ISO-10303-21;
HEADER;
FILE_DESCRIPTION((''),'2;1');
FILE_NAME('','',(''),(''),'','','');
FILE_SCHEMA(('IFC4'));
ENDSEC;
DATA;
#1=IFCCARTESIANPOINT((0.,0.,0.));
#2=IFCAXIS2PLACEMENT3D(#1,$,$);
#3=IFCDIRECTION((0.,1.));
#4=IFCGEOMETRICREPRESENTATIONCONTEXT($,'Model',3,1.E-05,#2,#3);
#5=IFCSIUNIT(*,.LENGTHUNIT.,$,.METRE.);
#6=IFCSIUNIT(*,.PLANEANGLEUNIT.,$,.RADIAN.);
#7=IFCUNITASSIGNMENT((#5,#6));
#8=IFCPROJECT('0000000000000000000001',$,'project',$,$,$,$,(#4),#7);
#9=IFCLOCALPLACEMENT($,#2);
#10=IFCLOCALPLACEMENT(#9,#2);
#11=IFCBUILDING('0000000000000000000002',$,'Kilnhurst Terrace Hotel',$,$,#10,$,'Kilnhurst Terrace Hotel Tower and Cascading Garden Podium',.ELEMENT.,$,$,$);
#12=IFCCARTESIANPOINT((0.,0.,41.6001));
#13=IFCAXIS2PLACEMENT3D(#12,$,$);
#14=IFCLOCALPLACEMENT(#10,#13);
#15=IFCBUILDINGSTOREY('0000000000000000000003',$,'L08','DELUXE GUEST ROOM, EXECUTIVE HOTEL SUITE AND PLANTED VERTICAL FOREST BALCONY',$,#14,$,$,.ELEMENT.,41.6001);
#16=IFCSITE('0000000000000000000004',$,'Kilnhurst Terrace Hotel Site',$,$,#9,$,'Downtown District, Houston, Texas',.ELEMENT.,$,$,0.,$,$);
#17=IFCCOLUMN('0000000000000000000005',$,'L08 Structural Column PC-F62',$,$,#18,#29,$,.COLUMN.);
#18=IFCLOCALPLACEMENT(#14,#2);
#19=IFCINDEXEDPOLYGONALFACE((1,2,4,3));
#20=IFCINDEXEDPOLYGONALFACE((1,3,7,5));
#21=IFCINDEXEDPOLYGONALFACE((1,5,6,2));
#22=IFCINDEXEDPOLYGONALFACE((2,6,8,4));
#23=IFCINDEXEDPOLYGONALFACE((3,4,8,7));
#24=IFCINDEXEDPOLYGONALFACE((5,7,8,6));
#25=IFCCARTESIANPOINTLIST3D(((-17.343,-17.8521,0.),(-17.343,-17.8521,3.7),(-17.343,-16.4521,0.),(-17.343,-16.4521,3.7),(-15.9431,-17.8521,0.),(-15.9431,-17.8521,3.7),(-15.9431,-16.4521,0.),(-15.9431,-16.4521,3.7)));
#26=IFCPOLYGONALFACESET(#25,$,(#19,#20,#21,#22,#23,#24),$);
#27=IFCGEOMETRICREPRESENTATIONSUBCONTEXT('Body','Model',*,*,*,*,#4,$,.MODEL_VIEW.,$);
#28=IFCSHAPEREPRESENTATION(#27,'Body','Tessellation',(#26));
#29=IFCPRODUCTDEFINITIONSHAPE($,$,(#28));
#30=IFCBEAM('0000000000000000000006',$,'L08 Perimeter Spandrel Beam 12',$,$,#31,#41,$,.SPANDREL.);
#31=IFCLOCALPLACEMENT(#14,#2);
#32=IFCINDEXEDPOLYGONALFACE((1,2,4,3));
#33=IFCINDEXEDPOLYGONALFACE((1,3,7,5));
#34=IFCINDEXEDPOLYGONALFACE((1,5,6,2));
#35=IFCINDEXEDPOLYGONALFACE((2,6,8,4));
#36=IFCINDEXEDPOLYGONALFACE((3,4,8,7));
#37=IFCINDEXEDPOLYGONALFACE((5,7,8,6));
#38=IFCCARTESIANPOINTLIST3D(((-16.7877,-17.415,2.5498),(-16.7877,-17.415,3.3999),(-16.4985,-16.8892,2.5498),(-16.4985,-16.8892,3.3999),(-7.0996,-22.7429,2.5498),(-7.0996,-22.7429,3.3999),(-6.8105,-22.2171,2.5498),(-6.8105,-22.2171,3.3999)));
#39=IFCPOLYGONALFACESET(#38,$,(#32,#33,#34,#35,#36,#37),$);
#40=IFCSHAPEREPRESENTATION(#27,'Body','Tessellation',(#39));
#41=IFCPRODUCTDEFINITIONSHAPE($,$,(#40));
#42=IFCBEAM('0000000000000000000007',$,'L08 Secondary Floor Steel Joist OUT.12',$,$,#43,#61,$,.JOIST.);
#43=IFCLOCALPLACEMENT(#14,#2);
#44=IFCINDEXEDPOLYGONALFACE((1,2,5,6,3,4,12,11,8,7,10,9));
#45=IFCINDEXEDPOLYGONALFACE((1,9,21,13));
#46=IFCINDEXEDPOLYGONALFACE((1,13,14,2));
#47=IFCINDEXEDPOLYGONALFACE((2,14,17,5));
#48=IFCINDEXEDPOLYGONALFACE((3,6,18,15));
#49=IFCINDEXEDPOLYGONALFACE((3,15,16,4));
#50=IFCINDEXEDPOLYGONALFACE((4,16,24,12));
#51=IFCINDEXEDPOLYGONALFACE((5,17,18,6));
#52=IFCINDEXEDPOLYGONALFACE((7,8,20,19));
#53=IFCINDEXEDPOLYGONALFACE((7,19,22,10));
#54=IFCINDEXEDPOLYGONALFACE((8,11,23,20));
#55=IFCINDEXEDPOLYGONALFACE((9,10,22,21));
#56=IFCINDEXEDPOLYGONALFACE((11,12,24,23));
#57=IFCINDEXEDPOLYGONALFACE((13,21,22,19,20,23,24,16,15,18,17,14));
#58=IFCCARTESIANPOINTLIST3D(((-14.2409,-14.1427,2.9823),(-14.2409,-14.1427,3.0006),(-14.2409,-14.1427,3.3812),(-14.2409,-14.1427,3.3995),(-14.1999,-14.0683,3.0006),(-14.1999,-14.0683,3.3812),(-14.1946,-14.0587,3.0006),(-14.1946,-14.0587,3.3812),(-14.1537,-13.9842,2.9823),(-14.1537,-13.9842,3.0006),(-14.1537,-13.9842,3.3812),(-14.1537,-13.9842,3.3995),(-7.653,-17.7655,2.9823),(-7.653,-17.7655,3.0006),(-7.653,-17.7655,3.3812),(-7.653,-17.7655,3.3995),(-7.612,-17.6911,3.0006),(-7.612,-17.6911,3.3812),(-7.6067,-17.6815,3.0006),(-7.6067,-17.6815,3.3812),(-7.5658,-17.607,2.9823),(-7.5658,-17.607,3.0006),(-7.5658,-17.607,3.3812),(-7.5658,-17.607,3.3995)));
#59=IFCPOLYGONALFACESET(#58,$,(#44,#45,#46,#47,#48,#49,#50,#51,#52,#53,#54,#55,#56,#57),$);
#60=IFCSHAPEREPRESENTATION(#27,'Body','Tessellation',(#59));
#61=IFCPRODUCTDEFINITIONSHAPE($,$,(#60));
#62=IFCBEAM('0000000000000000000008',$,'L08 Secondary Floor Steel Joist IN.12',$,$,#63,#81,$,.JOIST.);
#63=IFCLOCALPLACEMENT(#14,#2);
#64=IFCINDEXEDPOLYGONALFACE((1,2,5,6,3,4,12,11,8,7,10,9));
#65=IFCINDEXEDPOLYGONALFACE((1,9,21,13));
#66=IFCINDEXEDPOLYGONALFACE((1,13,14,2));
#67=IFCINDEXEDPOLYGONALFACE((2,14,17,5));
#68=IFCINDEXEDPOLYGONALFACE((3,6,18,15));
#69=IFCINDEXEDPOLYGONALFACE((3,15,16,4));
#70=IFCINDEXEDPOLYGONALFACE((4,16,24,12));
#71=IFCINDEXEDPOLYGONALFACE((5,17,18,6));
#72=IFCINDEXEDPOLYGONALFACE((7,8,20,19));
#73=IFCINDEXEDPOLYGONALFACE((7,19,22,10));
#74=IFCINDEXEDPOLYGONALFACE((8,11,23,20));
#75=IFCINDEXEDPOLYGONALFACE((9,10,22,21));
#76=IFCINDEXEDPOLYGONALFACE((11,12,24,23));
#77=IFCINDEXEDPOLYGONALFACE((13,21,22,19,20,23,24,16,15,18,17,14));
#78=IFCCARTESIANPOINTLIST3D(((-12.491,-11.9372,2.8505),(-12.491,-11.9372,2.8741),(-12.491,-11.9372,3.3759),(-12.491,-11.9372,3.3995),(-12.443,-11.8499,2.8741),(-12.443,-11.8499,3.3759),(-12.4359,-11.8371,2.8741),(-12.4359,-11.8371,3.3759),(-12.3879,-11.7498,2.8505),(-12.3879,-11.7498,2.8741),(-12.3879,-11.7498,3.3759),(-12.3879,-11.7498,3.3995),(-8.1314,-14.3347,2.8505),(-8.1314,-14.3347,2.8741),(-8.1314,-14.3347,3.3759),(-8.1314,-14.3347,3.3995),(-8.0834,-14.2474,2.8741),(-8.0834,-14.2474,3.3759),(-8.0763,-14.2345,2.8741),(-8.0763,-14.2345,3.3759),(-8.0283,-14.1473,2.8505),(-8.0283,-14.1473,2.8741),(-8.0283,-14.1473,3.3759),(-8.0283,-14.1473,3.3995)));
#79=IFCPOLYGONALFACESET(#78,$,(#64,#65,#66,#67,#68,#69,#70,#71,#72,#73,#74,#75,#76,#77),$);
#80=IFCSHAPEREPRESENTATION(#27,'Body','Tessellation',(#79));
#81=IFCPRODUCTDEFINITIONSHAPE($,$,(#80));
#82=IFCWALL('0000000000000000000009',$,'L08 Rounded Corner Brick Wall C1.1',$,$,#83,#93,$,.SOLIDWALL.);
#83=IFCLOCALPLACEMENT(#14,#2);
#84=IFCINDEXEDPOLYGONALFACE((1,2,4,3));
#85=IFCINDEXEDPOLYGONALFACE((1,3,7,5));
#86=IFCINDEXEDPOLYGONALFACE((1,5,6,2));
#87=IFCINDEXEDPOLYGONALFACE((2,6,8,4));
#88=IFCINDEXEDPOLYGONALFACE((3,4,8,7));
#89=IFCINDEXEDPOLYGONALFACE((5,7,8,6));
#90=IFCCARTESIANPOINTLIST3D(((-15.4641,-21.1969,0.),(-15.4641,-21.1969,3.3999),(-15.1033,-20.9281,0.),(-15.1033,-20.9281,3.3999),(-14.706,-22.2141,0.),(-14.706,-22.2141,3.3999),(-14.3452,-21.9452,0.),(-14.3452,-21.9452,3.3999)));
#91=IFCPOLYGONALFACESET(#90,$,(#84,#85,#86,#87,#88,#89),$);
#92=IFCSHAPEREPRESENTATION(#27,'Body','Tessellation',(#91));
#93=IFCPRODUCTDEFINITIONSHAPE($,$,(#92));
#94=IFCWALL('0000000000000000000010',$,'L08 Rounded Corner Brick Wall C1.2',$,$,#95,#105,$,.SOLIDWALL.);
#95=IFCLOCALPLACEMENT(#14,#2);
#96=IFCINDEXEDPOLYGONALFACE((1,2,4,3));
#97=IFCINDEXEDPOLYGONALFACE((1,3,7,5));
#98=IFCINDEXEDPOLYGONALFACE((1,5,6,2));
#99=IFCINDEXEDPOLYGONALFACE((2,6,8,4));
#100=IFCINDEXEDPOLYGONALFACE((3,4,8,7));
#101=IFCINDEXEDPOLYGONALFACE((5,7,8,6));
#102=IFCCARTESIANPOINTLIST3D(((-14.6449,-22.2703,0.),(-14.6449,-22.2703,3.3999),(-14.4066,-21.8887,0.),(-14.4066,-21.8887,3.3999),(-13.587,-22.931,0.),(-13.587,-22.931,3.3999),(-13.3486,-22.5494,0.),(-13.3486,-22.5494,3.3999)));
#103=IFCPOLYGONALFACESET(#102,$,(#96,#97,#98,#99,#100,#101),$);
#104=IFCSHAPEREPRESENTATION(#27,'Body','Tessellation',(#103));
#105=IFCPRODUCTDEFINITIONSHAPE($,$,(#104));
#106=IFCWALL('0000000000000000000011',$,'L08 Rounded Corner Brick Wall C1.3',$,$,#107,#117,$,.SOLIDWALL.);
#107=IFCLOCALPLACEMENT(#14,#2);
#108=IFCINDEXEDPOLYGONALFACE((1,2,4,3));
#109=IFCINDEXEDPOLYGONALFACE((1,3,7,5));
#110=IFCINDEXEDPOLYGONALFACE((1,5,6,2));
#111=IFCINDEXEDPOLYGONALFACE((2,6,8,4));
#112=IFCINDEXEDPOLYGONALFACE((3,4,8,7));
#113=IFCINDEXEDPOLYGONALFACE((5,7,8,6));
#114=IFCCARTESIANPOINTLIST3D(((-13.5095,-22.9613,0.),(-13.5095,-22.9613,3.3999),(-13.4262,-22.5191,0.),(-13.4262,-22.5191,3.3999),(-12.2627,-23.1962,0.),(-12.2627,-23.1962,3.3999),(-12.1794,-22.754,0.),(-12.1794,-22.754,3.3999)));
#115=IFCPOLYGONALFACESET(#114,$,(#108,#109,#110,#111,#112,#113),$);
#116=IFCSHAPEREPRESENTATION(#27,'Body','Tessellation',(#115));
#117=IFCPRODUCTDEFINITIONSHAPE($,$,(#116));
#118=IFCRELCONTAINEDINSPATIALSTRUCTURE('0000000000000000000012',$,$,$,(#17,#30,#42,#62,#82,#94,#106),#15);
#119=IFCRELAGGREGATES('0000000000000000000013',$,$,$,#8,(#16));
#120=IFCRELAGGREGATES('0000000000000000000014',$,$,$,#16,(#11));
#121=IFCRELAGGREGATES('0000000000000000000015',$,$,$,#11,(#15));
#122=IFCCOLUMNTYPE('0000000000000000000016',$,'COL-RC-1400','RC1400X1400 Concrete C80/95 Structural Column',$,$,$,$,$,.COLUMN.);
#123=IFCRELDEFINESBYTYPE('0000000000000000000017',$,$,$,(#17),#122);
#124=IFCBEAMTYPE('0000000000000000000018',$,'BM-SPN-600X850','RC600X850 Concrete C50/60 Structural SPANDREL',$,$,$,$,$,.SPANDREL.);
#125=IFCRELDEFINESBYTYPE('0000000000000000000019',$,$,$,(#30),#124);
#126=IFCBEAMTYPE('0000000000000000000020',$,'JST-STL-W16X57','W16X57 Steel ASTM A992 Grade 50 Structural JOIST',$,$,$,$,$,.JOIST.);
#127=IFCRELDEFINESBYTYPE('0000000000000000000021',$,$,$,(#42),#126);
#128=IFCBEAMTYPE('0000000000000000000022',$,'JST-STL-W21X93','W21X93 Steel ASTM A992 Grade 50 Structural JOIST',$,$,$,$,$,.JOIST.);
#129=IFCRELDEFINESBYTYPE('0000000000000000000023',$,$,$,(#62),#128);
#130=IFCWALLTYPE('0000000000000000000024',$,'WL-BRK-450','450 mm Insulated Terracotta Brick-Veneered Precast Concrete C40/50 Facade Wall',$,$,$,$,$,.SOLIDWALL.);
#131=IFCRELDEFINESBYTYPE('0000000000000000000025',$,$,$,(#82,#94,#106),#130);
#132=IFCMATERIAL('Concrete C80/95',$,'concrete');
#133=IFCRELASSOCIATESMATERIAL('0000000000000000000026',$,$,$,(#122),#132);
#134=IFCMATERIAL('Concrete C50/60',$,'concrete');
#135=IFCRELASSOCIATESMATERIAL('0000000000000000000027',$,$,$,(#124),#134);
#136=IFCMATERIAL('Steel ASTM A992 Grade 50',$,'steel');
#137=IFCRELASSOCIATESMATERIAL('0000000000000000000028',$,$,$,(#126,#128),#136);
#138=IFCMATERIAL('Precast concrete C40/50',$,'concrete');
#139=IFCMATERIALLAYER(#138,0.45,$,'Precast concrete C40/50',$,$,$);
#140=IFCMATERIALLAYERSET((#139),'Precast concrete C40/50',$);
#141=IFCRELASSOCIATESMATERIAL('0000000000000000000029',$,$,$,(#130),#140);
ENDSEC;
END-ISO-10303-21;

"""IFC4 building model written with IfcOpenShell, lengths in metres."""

from ifc_helpers import new_model, si_unit, direction, frame, frame_2d, origin, origin_2d, place, context, subcontext, project, spatial, rectangle, i_section, extrude, material, layer, layer_set, material_profile, profile_set, type_object, element, save


model = new_model("IFC4")

# Units and contexts
model_context = context("Model", 3, precision=1e-05, world=origin(), true_north=direction((0.0, 1.0)))
body_context = subcontext(model_context, "Body", "Model", "MODEL_VIEW")
ifc_project = project(units=[si_unit("LENGTHUNIT", "METRE"), si_unit("PLANEANGLEUNIT", "RADIAN")], contexts=[model_context])

# Site, building, storey
site_placement = place(None, origin())
site = spatial("IfcSite", under=ifc_project, at=site_placement, Name="Kilnhurst Terrace Hotel Site", LongName="Downtown District, Houston, Texas", CompositionType="ELEMENT", RefElevation=0.0)
building_placement = place(site_placement, origin())
building = spatial("IfcBuilding", under=site, at=building_placement, Name="Kilnhurst Terrace Hotel", LongName="Kilnhurst Terrace Hotel Tower and Cascading Garden Podium", CompositionType="ELEMENT")
storey_placement = place(building_placement, frame((0.0, 0.0, 41.6001)))
storey = spatial("IfcBuildingStorey", under=building, at=storey_placement, Name="L08", Description="DELUXE GUEST ROOM, EXECUTIVE HOTEL SUITE AND PLANTED VERTICAL FOREST BALCONY", CompositionType="ELEMENT", Elevation=41.6001)

# Column
ifc_material_1 = material(Name="Concrete C80/95", Category="concrete")
ifc_material_profile_1 = material_profile(ifc_material_1, rectangle(XDim=1.3999, YDim=1.3999, at=origin_2d()), Name="RC1400X1400")
ifc_profile_set_1 = profile_set([ifc_material_profile_1], Name="Concrete C80/95")
column_type = type_object("IfcColumnType", Name="COL-RC-1400", Description="RC1400X1400 Concrete C80/95 Structural Column", PredefinedType="COLUMN", material=ifc_profile_set_1)
column_placement = place(storey_placement, frame((-16.6431, -17.1521, 0.0), z_axis=(0.0, 0.0, 1.0), x_axis=(1.0, 0.0, 0.0)))
element("IfcColumn", 1, at=column_placement, inside=storey, type_object=column_type, Name="L08 Structural Column PC-F62", PredefinedType="COLUMN", context=body_context, shape_type="SweptSolid", body=[
    extrude(rectangle(XDim=1.3999, YDim=1.3999, at=origin_2d()), origin(), (0.0, 0.0, 1.0), 3.7),
])

# Beams
ifc_material_2 = material(Name="Concrete C50/60", Category="concrete")
ifc_material_profile_2 = material_profile(ifc_material_2, rectangle(XDim=0.6001, YDim=0.8501, at=origin_2d()), Name="RC600X850")
ifc_profile_set_2 = profile_set([ifc_material_profile_2], Name="Concrete C50/60")
beam_type_1 = type_object("IfcBeamType", Name="BM-SPN-600X850", Description="RC600X850 Concrete C50/60 Structural SPANDREL", PredefinedType="SPANDREL", material=ifc_profile_set_2)
beam_1_placement = place(storey_placement, frame((-16.6431, -17.1521, 2.9749), z_axis=(0.876235, -0.481883, 0.0), x_axis=(0.481883, 0.876235, 0.0)))
element("IfcBeam", 2, at=beam_1_placement, inside=storey, type_object=beam_type_1, Name="L08 Perimeter Spandrel Beam 12", PredefinedType="SPANDREL", context=body_context, shape_type="SweptSolid", body=[
    extrude(rectangle(XDim=0.6001, YDim=0.8501, at=origin_2d()), origin(), (0.0, 0.0, 1.0), 11.0564),
])
ifc_material_3 = material(Name="Steel ASTM A992 Grade 50", Category="steel")
ifc_material_profile_3 = material_profile(ifc_material_3, i_section(OverallWidth=0.1809, OverallDepth=0.4172, WebThickness=0.011, FlangeThickness=0.0183, at=origin_2d()), Name="W16X57")
ifc_profile_set_3 = profile_set([ifc_material_profile_3], Name="Steel ASTM A992 Grade 50")
beam_type_2 = type_object("IfcBeamType", Name="JST-STL-W16X57", Description="W16X57 Steel ASTM A992 Grade 50 Structural JOIST", PredefinedType="JOIST", material=ifc_profile_set_3)
beam_2_placement = place(storey_placement, frame((-14.1973, -14.0635, 3.1909), z_axis=(0.876246, -0.481864, 0.0), x_axis=(0.481864, 0.876246, 0.0)))
element("IfcBeam", 3, at=beam_2_placement, inside=storey, type_object=beam_type_2, Name="L08 Secondary Floor Steel Joist OUT.12", PredefinedType="JOIST", context=body_context, shape_type="SweptSolid", body=[
    extrude(i_section(OverallWidth=0.1809, OverallDepth=0.4172, WebThickness=0.011, FlangeThickness=0.0183, at=origin_2d()), origin(), (0.0, 0.0, 1.0), 7.5183),
])
ifc_material_profile_4 = material_profile(ifc_material_3, i_section(OverallWidth=0.2139, OverallDepth=0.5491, WebThickness=0.0146, FlangeThickness=0.0237, at=origin_2d()), Name="W21X93")
ifc_profile_set_4 = profile_set([ifc_material_profile_4], Name="Steel ASTM A992 Grade 50")
beam_type_3 = type_object("IfcBeamType", Name="JST-STL-W21X93", Description="W21X93 Steel ASTM A992 Grade 50 Structural JOIST", PredefinedType="JOIST", material=ifc_profile_set_4)
beam_3_placement = place(storey_placement, frame((-12.4395, -11.8435, 3.125), z_axis=(0.876244, -0.481868, 0.0), x_axis=(0.481868, 0.876244, 0.0)))
element("IfcBeam", 4, at=beam_3_placement, inside=storey, type_object=beam_type_3, Name="L08 Secondary Floor Steel Joist IN.12", PredefinedType="JOIST", context=body_context, shape_type="SweptSolid", body=[
    extrude(i_section(OverallWidth=0.2139, OverallDepth=0.5491, WebThickness=0.0146, FlangeThickness=0.0237, at=origin_2d()), origin(), (0.0, 0.0, 1.0), 4.9753),
])

# Walls
ifc_material_4 = material(Name="Precast concrete C40/50", Category="concrete")
ifc_layer_1 = layer(ifc_material_4, 0.45, Name="Precast concrete C40/50")
ifc_layer_set_1 = layer_set([ifc_layer_1], Name="Precast concrete C40/50")
wall_type_1 = type_object("IfcWallType", Name="WL-BRK-450", Description="450 mm Insulated Terracotta Brick-Veneered Precast Concrete C40/50 Facade Wall", PredefinedType="SOLIDWALL", material=ifc_layer_set_1)
wall_1_placement = place(storey_placement, frame((-15.2837, -21.0625, 0.0), z_axis=(0.0, 0.0, 1.0), x_axis=(0.597595, -0.801798, 0.0)))
element("IfcWall", 5, at=wall_1_placement, inside=storey, type_object=wall_type_1, Name="L08 Rounded Corner Brick Wall C1.1", PredefinedType="SOLIDWALL", context=body_context, shape_type="SweptSolid", body=[
    extrude(rectangle(XDim=1.2686, YDim=0.45, at=frame_2d((0.6343, 0.0))), origin(), (0.0, 0.0, 1.0), 3.3999),
])
wall_2_placement = place(storey_placement, frame((-14.5256, -22.0796, 0.0), z_axis=(0.0, 0.0, 1.0), x_axis=(0.848185, -0.5297, 0.0)))
element("IfcWall", 6, at=wall_2_placement, inside=storey, type_object=wall_type_1, Name="L08 Rounded Corner Brick Wall C1.2", PredefinedType="SOLIDWALL", context=body_context, shape_type="SweptSolid", body=[
    extrude(rectangle(XDim=1.2473, YDim=0.45, at=frame_2d((0.6235, 0.0))), origin(), (0.0, 0.0, 1.0), 3.3999),
])
wall_3_placement = place(storey_placement, frame((-13.4678, -22.7402, 0.0), z_axis=(0.0, 0.0, 1.0), x_axis=(0.982717, -0.185113, 0.0)))
element("IfcWall", 7, at=wall_3_placement, inside=storey, type_object=wall_type_1, Name="L08 Rounded Corner Brick Wall C1.3", PredefinedType="SOLIDWALL", context=body_context, shape_type="SweptSolid", body=[
    extrude(rectangle(XDim=1.2688, YDim=0.45, at=frame_2d((0.6343, 0.0))), origin(), (0.0, 0.0, 1.0), 3.3999),
])

save(model, "model.ifc")
